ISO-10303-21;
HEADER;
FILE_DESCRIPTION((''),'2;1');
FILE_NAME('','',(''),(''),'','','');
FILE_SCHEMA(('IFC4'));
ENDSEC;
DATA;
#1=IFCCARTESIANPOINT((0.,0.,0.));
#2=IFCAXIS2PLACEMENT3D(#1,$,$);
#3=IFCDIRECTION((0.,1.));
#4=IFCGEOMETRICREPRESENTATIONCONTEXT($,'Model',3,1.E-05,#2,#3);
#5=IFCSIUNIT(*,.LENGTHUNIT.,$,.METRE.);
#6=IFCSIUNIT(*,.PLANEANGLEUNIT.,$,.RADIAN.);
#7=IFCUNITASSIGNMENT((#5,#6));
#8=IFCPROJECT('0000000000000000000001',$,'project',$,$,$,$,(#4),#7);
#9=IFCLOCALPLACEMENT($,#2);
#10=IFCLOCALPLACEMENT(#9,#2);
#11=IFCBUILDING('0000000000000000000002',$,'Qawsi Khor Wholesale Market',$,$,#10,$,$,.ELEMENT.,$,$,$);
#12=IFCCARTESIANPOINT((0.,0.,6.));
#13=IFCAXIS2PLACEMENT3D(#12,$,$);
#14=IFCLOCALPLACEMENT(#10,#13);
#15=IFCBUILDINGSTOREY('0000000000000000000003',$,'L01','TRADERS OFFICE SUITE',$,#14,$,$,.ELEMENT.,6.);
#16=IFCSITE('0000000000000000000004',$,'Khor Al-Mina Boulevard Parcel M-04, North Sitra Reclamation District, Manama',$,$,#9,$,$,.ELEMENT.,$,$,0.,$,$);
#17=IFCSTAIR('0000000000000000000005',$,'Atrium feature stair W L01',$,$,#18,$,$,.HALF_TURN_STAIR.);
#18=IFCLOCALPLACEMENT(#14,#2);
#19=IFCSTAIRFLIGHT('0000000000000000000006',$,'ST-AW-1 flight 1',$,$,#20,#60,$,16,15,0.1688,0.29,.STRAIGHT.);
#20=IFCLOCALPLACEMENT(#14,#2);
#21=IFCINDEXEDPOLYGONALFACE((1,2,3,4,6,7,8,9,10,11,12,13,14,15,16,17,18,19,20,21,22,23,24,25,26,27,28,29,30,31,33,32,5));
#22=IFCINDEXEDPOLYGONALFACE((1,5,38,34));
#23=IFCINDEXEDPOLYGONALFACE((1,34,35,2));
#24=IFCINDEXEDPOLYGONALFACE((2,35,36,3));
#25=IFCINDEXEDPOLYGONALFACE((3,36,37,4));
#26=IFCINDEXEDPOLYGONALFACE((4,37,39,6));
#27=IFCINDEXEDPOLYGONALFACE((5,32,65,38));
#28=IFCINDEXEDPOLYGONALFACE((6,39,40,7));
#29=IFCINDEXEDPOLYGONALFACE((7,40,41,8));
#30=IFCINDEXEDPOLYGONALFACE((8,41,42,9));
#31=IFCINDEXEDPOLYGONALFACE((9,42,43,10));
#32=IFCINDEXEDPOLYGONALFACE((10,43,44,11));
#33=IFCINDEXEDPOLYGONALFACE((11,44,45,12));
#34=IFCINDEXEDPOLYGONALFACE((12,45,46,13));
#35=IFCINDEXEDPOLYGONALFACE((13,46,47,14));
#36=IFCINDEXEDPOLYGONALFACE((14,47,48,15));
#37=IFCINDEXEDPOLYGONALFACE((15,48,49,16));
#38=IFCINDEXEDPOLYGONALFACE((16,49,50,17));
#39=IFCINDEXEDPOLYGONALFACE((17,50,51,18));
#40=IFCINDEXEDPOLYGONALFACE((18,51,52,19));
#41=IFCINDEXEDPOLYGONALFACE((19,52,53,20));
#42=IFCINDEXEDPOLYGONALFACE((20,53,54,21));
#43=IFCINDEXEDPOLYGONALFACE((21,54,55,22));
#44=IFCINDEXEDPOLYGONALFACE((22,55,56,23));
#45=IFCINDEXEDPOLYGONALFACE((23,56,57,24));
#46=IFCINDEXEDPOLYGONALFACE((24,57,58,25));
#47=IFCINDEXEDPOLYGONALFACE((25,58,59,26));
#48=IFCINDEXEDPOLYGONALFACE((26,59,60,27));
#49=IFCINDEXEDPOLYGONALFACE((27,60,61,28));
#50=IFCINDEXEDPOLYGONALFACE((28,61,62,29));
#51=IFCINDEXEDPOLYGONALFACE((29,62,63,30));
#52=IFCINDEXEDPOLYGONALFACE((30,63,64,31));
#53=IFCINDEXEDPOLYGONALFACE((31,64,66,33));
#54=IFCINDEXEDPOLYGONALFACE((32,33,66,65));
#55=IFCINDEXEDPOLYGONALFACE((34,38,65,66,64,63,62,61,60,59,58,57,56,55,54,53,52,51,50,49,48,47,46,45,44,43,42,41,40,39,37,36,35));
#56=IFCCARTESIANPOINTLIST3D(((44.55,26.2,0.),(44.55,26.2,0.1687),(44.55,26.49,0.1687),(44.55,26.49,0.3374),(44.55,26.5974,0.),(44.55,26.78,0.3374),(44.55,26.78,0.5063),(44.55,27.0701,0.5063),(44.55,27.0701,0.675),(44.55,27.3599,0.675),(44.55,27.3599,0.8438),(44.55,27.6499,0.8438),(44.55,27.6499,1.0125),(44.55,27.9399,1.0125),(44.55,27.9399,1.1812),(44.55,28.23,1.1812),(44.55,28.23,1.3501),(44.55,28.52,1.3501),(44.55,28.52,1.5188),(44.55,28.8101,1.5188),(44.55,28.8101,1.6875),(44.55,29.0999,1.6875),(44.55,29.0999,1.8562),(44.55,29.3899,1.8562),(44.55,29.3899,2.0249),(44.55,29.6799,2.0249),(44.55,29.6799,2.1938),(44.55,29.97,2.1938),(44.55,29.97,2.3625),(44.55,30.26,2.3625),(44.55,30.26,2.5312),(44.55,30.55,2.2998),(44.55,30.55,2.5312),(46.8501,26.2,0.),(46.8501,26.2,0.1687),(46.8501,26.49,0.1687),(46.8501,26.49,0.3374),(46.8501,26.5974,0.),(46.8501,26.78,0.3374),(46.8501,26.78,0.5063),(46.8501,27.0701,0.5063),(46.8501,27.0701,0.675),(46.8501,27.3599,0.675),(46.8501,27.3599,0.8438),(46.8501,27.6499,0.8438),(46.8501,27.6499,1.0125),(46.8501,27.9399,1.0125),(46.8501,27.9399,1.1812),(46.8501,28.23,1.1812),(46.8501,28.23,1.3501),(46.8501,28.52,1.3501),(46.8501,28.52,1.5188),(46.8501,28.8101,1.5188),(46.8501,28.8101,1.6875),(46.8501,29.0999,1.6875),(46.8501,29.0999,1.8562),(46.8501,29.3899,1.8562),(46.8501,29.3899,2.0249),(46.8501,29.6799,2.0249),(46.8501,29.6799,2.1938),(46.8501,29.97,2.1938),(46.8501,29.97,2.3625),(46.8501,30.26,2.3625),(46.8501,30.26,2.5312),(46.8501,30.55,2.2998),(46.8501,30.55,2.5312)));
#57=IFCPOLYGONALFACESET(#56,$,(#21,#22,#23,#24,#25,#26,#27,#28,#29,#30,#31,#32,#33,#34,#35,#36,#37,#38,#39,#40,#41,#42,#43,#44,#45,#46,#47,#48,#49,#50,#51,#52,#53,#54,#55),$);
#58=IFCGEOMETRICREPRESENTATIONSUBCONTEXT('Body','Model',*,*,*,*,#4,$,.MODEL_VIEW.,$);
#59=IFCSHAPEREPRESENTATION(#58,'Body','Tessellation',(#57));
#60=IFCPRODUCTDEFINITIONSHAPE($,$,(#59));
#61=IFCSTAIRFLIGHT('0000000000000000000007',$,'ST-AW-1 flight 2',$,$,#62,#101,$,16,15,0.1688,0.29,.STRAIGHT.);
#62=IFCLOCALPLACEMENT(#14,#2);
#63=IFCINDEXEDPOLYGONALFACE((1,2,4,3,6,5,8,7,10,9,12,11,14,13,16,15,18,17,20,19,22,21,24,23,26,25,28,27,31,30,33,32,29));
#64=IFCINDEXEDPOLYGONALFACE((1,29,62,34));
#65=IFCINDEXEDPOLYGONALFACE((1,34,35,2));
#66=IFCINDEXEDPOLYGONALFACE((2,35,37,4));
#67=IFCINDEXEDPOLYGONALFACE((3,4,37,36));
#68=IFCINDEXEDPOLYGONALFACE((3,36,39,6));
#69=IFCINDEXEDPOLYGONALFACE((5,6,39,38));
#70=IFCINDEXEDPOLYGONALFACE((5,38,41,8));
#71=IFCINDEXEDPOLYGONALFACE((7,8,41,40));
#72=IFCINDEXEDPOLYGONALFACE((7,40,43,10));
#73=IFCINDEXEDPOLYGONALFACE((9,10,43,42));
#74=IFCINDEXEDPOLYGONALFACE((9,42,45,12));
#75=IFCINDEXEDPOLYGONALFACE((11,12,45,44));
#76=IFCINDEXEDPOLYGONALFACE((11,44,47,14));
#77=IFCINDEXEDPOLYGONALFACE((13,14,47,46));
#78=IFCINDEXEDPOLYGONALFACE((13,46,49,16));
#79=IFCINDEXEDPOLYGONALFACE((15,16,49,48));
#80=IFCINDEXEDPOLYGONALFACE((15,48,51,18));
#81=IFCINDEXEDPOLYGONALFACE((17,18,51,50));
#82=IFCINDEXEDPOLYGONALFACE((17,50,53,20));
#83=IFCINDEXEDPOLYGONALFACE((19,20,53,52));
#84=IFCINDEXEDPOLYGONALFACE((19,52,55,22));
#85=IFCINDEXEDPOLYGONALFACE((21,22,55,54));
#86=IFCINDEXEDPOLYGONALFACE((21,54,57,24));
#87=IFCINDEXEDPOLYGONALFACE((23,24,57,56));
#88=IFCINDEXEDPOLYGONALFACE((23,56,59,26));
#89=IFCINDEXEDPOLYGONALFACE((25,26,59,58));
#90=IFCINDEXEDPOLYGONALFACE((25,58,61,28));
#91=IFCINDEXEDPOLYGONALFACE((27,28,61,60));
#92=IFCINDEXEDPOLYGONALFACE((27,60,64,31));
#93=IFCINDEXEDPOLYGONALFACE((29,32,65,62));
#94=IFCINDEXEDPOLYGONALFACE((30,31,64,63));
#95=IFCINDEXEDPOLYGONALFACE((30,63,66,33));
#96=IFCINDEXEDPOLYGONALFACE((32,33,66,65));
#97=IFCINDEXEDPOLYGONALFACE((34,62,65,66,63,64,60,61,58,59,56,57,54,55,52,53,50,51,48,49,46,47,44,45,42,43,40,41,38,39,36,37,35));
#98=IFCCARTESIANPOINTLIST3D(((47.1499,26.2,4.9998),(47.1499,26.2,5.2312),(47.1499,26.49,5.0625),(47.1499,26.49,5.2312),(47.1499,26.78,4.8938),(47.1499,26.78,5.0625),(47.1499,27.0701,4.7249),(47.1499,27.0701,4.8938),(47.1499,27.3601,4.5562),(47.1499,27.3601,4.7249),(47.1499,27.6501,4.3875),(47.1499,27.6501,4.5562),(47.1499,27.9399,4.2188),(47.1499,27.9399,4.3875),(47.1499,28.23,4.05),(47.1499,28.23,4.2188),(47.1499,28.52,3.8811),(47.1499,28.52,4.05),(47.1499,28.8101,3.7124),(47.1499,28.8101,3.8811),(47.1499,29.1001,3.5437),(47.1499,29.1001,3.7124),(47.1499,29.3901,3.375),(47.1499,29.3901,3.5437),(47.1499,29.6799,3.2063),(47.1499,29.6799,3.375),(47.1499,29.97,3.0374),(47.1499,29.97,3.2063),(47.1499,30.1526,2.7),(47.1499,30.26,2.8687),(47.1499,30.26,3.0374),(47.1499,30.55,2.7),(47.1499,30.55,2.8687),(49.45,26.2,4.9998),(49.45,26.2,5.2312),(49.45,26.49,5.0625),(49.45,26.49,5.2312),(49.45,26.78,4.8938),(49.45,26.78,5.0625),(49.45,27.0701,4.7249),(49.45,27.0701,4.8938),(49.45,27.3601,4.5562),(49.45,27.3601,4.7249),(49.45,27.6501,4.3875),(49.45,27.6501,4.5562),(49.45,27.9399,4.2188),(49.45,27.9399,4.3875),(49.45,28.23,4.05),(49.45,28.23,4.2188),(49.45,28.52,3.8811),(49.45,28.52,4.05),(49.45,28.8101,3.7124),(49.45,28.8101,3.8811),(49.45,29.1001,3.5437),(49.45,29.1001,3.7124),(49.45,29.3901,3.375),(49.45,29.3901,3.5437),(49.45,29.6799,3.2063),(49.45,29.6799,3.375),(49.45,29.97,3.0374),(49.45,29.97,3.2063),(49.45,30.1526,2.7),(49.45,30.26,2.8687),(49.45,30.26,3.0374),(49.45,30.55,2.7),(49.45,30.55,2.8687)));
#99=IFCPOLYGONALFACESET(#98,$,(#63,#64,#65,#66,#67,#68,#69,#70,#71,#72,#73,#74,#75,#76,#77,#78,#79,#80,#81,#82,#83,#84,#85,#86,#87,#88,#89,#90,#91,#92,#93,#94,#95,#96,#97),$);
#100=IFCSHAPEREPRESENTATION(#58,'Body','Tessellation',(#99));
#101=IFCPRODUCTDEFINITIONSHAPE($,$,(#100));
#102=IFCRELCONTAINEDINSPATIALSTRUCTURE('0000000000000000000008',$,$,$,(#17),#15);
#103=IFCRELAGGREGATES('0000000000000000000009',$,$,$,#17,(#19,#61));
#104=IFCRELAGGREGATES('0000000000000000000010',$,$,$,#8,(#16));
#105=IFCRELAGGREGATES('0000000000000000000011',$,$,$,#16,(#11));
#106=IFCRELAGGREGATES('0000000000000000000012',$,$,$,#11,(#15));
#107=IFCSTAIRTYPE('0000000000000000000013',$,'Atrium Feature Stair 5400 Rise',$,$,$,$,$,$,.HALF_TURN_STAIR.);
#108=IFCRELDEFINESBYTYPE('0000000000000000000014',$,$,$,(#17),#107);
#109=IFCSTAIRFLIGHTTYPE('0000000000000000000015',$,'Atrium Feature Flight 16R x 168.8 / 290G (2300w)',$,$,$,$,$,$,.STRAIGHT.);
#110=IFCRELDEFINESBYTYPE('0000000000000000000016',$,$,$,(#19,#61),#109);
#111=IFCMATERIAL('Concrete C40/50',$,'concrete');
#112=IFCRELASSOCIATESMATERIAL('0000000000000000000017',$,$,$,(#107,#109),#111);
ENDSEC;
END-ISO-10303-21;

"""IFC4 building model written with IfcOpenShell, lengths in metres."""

from ifc_helpers import new_model, si_unit, direction, frame, origin, place, context, subcontext, project, spatial, polyline, outline, extrude, material, type_object, element, aggregate, save


model = new_model("IFC4")

# Units and contexts
model_context = context("Model", 3, precision=1e-05, world=origin(), true_north=direction((0.0, 1.0)))
body_context = subcontext(model_context, "Body", "Model", "MODEL_VIEW")
ifc_project = project(units=[si_unit("LENGTHUNIT", "METRE"), si_unit("PLANEANGLEUNIT", "RADIAN")], contexts=[model_context])

# Site, building, storey
site_placement = place(None, origin())
site = spatial("IfcSite", under=ifc_project, at=site_placement, Name="Khor Al-Mina Boulevard Parcel M-04, North Sitra Reclamation District, Manama", CompositionType="ELEMENT", RefElevation=0.0)
building_placement = place(site_placement, origin())
building = spatial("IfcBuilding", under=site, at=building_placement, Name="Qawsi Khor Wholesale Market", CompositionType="ELEMENT")
storey_placement = place(building_placement, frame((0.0, 0.0, 6.0)))
storey = spatial("IfcBuildingStorey", under=building, at=storey_placement, Name="L01", Description="TRADERS OFFICE SUITE", CompositionType="ELEMENT", Elevation=6.0)

# Shared definitions
ifc_material_1 = material(Name="Concrete C40/50", Category="concrete")

# Stair, stair flights
stair_type = type_object("IfcStairType", Name="Atrium Feature Stair 5400 Rise", PredefinedType="HALF_TURN_STAIR", material=ifc_material_1)
stair_placement = place(storey_placement, origin())
stair = element("IfcStair", 1, at=stair_placement, inside=storey, type_object=stair_type, Name="Atrium feature stair W L01", PredefinedType="HALF_TURN_STAIR")
stair_flight_type = type_object("IfcStairFlightType", Name="Atrium Feature Flight 16R x 168.8 / 290G (2300w)", PredefinedType="STRAIGHT", material=ifc_material_1)
stair_flight_1_placement = place(storey_placement, frame((45.7, 26.2, 0.0), z_axis=(0.0, 0.0, 1.0), x_axis=(0.0, 1.0, 0.0)))
stair_flight_1 = element("IfcStairFlight", 2, at=stair_flight_1_placement, type_object=stair_flight_type, Name="ST-AW-1 flight 1", NumberOfRisers=16, NumberOfTreads=15, PredefinedType="STRAIGHT", RiserHeight=0.1688, TreadLength=0.29, context=body_context, shape_type="SweptSolid", body=[
    extrude(outline(polyline([(0.0, 0.0), (0.0, 0.1687), (0.29, 0.1687), (0.29, 0.3374), (0.5801, 0.3374), (0.5801, 0.5063), (0.8701, 0.5063), (0.8701, 0.675), (1.1599, 0.675), (1.1599, 0.8438), (1.45, 0.8438), (1.45, 1.0125), (1.74, 1.0125), (1.74, 1.1812), (2.03, 1.1812), (2.03, 1.3501), (2.3201, 1.3501), (2.3201, 1.5188), (2.6101, 1.5188), (2.6101, 1.6875), (2.8999, 1.6875), (2.8999, 1.8562), (3.1899, 1.8562), (3.1899, 2.0249), (3.48, 2.0249), (3.48, 2.1938), (3.77, 2.1938), (3.77, 2.3625), (4.0601, 2.3625), (4.0601, 2.5312), (4.3501, 2.5312), (4.3501, 2.7), (4.3501, 2.2998), (0.3975, 0.0), (0.0, 0.0)])), frame((0.0, 1.1499, 0.0), z_axis=(0.0, -1.0, 0.0), x_axis=(1.0, 0.0, 0.0)), (0.0, 0.0, 1.0), 2.3),
])
stair_flight_2_placement = place(storey_placement, frame((48.3, 30.55, 2.7), z_axis=(0.0, 0.0, 1.0), x_axis=(0.0, -1.0, 0.0)))
stair_flight_2 = element("IfcStairFlight", 3, at=stair_flight_2_placement, type_object=stair_flight_type, Name="ST-AW-1 flight 2", NumberOfRisers=16, NumberOfTreads=15, PredefinedType="STRAIGHT", RiserHeight=0.1688, TreadLength=0.29, context=body_context, shape_type="SweptSolid", body=[
    extrude(outline(polyline([(0.0, 0.0), (0.0, 0.1687), (0.29, 0.1687), (0.29, 0.3374), (0.5801, 0.3374), (0.5801, 0.5063), (0.8701, 0.5063), (0.8701, 0.675), (1.1599, 0.675), (1.1599, 0.8438), (1.45, 0.8438), (1.45, 1.0125), (1.74, 1.0125), (1.74, 1.1812), (2.03, 1.1812), (2.03, 1.3501), (2.3201, 1.3501), (2.3201, 1.5188), (2.6101, 1.5188), (2.6101, 1.6875), (2.8999, 1.6875), (2.8999, 1.8562), (3.1899, 1.8562), (3.1899, 2.0249), (3.48, 2.0249), (3.48, 2.1938), (3.77, 2.1938), (3.77, 2.3625), (4.0601, 2.3625), (4.0601, 2.5312), (4.3501, 2.5312), (4.3501, 2.7), (4.3501, 2.2998), (0.3975, 0.0), (0.0, 0.0)])), frame((0.0, 1.1499, 0.0), z_axis=(0.0, -1.0, 0.0), x_axis=(1.0, 0.0, 0.0)), (0.0, 0.0, 1.0), 2.3),
])
aggregate(stair, [stair_flight_1, stair_flight_2])

save(model, "model.ifc")
